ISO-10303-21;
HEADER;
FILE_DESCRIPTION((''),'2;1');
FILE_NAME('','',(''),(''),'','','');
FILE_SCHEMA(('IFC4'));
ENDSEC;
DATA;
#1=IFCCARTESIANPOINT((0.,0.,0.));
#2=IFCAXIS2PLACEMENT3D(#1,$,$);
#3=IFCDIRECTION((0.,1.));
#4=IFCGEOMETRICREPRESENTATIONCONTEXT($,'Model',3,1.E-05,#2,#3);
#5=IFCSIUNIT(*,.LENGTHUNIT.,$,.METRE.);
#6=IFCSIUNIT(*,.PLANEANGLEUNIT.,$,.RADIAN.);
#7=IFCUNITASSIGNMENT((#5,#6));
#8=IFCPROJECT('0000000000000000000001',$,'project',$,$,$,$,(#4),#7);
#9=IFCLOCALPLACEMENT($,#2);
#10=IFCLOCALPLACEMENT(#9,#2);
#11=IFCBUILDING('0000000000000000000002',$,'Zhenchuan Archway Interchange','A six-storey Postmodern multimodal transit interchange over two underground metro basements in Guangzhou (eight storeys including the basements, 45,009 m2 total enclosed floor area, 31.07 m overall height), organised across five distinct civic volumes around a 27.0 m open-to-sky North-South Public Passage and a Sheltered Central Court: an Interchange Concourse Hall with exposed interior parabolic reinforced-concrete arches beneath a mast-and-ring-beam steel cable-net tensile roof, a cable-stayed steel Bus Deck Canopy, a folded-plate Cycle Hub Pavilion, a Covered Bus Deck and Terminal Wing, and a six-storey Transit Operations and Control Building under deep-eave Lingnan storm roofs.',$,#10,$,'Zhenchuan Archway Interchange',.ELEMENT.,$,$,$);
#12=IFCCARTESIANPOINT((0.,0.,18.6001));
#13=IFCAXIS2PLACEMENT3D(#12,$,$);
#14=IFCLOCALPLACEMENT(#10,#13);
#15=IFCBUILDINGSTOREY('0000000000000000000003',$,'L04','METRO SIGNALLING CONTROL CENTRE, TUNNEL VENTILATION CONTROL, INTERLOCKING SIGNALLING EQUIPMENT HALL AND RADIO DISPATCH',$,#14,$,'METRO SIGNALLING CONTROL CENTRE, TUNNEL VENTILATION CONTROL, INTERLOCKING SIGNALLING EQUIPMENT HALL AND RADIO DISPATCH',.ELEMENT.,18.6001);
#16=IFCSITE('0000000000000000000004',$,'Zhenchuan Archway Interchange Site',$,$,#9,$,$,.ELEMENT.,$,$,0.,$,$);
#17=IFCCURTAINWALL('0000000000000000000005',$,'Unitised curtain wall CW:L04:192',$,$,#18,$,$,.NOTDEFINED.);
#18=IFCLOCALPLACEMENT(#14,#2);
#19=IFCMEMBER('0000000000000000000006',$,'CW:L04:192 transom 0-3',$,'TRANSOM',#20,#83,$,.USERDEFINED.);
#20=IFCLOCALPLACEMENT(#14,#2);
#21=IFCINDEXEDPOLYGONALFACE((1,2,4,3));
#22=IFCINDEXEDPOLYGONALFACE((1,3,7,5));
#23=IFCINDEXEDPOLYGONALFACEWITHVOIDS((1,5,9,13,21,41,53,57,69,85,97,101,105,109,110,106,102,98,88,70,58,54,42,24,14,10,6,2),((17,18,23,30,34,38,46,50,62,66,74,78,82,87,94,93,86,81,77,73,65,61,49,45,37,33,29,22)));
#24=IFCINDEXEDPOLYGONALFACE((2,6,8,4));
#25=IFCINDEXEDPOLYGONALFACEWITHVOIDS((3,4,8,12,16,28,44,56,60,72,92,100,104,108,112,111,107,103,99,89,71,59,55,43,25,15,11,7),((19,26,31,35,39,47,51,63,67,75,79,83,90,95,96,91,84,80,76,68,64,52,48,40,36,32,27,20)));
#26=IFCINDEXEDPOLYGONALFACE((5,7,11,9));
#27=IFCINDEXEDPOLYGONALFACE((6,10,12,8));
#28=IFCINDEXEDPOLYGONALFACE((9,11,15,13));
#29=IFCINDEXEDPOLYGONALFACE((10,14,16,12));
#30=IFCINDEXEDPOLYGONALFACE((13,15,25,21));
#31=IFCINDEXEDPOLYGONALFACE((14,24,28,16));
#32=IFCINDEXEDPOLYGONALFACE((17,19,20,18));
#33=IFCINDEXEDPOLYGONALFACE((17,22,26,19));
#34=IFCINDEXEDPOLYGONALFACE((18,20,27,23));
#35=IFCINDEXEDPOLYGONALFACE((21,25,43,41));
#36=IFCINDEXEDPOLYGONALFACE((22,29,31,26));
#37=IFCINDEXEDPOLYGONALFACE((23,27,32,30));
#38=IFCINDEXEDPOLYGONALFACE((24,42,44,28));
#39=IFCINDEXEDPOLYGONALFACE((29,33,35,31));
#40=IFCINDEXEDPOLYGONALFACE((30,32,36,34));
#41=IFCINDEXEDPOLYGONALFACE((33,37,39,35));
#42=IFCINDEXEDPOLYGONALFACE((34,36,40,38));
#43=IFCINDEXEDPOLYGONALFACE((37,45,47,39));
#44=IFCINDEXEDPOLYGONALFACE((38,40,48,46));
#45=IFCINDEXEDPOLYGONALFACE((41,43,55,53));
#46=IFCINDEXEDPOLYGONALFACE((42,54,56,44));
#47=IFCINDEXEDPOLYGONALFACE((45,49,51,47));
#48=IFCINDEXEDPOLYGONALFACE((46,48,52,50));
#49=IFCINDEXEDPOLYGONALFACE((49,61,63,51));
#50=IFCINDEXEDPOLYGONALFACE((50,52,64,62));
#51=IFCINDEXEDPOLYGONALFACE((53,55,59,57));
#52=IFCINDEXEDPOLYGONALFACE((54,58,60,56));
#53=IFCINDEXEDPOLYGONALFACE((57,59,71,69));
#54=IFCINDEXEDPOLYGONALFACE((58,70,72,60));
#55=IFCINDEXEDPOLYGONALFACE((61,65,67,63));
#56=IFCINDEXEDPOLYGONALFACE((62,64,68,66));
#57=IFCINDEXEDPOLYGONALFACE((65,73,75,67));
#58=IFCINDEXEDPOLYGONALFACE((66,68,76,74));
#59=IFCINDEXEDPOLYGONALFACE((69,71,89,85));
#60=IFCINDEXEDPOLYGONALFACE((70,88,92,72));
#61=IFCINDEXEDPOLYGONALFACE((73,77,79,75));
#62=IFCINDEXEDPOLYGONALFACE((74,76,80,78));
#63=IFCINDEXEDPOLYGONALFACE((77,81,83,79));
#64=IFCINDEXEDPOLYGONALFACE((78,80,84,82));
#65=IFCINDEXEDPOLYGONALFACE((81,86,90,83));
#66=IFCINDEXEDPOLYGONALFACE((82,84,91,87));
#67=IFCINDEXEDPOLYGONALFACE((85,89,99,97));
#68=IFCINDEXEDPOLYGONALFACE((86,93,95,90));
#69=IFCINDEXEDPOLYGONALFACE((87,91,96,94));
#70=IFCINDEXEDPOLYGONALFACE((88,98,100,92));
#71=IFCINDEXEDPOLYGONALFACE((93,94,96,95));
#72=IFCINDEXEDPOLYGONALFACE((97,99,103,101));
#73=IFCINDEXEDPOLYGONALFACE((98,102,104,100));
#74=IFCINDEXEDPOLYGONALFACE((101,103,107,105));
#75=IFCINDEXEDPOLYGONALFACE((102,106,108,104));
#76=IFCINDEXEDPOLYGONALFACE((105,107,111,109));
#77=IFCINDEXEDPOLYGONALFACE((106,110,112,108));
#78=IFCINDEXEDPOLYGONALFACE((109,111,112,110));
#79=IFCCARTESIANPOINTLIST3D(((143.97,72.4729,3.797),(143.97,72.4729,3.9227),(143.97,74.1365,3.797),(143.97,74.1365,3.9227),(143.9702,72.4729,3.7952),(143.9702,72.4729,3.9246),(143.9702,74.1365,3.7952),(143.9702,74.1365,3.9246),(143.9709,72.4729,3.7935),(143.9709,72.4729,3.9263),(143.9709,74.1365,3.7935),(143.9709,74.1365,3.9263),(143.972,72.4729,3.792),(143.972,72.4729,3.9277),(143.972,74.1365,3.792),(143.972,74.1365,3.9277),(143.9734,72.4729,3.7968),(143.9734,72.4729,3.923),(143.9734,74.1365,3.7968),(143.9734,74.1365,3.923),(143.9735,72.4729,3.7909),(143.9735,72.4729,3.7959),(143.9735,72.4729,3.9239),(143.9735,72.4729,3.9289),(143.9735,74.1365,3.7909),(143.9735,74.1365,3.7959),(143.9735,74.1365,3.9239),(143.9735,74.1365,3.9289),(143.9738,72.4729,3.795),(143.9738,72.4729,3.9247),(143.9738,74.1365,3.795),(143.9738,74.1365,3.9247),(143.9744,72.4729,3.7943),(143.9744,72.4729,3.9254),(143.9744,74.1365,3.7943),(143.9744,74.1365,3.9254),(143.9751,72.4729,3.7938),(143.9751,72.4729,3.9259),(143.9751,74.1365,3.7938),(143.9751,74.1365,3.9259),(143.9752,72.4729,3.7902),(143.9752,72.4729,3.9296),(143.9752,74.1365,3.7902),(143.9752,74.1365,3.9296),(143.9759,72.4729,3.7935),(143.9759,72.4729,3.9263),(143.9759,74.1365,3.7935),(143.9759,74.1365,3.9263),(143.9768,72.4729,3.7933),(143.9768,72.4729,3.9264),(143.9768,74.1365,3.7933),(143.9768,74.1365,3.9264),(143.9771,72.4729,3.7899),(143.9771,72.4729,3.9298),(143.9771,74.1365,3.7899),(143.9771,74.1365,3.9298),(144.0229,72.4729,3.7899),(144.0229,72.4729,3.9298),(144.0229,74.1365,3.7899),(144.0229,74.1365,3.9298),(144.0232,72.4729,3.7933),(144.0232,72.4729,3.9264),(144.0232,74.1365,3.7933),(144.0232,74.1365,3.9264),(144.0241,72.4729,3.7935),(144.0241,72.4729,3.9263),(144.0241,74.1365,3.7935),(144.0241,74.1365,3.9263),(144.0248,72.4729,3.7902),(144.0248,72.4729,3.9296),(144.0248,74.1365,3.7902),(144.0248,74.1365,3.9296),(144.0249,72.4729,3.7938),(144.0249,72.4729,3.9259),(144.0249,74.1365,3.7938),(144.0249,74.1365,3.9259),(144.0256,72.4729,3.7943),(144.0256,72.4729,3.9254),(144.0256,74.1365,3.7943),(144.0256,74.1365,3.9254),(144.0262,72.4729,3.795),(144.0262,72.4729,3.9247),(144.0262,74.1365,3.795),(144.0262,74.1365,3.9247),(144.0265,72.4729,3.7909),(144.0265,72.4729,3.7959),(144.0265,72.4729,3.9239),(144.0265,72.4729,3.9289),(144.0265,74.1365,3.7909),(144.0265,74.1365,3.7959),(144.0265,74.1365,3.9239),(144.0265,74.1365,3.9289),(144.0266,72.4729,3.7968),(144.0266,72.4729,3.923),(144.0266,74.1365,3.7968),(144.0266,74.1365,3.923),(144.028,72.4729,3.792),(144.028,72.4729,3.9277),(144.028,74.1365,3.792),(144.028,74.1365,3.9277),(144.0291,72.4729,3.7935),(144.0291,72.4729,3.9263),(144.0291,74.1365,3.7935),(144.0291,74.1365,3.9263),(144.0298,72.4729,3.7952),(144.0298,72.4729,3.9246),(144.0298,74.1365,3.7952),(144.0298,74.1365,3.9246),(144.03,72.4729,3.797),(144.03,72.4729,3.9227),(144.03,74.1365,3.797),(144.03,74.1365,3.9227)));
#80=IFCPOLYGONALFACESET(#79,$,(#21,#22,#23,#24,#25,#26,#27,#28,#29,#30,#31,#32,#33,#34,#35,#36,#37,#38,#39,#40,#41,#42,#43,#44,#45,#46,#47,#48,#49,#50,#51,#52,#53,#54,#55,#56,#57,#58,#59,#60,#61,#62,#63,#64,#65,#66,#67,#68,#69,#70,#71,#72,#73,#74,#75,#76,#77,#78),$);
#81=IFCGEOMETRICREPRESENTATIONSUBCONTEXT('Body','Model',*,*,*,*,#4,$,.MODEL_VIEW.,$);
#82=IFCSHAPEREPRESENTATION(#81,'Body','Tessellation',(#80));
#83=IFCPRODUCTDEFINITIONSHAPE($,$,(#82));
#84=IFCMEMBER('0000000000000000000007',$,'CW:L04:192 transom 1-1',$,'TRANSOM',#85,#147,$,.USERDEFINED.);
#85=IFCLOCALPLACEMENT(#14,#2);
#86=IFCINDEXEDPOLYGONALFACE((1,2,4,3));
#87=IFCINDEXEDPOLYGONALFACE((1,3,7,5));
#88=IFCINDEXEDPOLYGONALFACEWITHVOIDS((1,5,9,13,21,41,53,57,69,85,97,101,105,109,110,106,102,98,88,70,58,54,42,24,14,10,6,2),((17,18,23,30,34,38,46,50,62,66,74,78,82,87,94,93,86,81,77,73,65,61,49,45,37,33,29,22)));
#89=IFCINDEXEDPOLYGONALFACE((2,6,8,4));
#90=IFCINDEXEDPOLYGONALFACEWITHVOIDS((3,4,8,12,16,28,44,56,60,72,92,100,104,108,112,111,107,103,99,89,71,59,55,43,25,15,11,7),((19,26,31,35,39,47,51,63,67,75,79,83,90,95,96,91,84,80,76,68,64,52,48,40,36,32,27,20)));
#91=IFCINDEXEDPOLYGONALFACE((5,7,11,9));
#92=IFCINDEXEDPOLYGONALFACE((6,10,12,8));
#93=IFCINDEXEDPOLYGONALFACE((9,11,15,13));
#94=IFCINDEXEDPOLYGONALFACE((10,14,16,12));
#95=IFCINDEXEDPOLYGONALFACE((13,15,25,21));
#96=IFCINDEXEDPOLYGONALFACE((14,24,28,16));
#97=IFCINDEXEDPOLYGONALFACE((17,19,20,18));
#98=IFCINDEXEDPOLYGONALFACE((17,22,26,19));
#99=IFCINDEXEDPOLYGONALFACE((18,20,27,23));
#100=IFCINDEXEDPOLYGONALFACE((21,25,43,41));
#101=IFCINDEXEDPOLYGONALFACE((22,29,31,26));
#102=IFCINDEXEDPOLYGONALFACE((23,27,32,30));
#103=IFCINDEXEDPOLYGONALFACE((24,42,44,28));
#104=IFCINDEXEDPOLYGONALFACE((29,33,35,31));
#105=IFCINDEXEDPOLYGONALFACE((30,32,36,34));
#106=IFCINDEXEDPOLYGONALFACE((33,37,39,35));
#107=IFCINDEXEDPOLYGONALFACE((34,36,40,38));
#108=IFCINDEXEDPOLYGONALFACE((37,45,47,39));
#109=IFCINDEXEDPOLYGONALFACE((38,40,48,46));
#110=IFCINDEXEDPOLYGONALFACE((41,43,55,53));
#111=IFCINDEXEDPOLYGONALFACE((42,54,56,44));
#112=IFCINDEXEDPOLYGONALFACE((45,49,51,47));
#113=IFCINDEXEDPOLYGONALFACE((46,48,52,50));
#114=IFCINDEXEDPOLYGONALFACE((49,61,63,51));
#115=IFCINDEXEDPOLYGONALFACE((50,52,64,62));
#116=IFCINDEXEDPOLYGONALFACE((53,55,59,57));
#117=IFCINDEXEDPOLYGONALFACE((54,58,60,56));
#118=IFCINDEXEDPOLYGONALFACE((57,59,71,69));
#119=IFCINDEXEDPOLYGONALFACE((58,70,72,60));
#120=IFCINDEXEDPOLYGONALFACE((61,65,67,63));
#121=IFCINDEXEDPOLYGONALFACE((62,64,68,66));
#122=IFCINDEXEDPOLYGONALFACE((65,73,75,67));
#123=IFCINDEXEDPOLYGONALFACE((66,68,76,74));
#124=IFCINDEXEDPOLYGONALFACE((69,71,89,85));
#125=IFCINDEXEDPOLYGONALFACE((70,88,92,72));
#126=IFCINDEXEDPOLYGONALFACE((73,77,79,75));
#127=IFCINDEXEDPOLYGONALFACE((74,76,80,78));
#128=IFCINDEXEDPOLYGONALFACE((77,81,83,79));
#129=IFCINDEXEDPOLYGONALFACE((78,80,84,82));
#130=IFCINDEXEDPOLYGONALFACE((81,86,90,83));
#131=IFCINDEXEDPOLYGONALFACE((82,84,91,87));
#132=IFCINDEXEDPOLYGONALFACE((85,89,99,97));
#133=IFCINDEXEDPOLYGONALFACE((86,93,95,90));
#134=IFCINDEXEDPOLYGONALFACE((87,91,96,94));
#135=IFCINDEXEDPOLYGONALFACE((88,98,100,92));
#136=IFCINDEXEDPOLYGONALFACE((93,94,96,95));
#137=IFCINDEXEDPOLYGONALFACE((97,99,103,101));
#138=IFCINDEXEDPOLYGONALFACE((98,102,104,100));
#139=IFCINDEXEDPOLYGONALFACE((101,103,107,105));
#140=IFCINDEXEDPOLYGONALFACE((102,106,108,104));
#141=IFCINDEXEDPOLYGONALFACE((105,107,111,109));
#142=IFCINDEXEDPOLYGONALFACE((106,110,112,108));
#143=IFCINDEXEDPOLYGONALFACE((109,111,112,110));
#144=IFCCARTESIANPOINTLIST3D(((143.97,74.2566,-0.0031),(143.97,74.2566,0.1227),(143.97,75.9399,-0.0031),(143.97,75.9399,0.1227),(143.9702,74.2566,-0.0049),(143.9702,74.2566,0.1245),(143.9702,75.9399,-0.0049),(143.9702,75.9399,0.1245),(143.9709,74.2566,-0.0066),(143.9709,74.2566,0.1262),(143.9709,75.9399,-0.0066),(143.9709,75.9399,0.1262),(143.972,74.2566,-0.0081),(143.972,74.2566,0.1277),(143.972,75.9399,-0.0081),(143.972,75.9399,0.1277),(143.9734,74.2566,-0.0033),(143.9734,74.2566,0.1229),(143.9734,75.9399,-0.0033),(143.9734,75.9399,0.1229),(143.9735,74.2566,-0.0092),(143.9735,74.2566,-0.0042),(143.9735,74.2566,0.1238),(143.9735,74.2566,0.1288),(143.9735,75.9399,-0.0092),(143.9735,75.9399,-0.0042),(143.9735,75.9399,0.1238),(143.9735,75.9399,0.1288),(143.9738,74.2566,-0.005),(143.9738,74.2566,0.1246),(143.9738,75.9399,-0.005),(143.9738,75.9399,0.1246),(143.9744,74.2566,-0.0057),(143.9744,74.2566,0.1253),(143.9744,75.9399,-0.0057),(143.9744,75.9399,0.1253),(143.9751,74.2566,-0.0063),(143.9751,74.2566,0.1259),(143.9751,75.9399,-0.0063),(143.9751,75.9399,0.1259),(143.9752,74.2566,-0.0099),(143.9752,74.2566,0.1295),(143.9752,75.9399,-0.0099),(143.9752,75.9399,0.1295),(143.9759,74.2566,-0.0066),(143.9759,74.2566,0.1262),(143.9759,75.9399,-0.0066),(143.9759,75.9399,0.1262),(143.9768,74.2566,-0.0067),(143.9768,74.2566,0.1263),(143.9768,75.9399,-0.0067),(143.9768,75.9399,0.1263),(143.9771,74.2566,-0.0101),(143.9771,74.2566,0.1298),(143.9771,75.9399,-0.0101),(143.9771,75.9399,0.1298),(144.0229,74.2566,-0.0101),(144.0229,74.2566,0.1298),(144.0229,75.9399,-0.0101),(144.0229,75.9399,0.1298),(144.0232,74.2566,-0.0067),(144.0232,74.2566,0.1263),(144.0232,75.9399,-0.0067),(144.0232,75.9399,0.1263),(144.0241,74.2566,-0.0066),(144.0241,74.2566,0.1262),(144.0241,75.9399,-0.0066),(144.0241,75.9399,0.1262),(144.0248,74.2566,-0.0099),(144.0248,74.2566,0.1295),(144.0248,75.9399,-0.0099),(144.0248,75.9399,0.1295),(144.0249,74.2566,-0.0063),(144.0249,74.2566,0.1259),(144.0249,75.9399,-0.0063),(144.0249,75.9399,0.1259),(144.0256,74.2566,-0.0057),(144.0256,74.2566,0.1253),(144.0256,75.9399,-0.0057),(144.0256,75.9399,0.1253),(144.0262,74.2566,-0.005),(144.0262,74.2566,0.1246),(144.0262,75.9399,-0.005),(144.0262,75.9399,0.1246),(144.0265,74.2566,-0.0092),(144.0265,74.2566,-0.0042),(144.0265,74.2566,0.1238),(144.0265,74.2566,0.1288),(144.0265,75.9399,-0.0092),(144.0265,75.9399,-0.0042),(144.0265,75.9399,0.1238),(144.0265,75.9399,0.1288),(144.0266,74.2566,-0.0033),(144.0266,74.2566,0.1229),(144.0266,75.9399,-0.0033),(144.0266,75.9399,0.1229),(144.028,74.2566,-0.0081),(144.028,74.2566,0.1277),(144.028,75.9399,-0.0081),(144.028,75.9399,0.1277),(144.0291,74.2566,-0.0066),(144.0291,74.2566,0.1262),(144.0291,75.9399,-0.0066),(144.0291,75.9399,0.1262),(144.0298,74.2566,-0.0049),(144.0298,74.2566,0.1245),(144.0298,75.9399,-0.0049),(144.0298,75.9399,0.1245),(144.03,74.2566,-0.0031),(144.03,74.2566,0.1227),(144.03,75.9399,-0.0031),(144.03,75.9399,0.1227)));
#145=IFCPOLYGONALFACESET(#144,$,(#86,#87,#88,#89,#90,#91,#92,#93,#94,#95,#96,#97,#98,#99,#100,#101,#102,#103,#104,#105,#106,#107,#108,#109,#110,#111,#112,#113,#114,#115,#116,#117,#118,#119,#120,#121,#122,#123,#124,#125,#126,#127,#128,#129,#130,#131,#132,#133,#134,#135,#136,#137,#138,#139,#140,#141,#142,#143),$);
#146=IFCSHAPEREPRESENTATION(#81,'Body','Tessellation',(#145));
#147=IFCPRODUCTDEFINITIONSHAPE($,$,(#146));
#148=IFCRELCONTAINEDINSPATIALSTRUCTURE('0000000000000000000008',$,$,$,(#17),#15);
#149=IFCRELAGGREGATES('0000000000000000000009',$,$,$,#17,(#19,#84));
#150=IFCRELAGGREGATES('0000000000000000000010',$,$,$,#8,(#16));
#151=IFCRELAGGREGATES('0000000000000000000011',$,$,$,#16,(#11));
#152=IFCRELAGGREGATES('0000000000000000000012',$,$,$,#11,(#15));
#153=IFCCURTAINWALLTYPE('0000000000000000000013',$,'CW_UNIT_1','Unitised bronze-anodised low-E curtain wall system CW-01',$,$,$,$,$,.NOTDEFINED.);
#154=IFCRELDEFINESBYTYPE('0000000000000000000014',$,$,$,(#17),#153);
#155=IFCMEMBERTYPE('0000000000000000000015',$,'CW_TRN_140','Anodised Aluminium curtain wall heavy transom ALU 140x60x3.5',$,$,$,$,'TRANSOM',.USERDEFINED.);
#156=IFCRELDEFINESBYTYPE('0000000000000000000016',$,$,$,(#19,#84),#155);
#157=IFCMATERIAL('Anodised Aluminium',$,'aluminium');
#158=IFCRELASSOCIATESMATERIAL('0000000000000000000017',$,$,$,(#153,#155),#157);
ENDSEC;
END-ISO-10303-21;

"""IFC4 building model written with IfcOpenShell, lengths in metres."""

from ifc_helpers import new_model, si_unit, direction, frame, origin, origin_2d, place, context, subcontext, project, spatial, hollow_rectangle, extrude, material, material_profile, profile_set, type_object, element, aggregate, save


model = new_model("IFC4")

# Units and contexts
model_context = context("Model", 3, precision=1e-05, world=origin(), true_north=direction((0.0, 1.0)))
body_context = subcontext(model_context, "Body", "Model", "MODEL_VIEW")
ifc_project = project(units=[si_unit("LENGTHUNIT", "METRE"), si_unit("PLANEANGLEUNIT", "RADIAN")], contexts=[model_context])

# Site, building, storey
site_placement = place(None, origin())
site = spatial("IfcSite", under=ifc_project, at=site_placement, Name="Zhenchuan Archway Interchange Site", CompositionType="ELEMENT", RefElevation=0.0)
building_placement = place(site_placement, origin())
building = spatial("IfcBuilding", under=site, at=building_placement, Name="Zhenchuan Archway Interchange", Description="A six-storey Postmodern multimodal transit interchange over two underground metro basements in Guangzhou (eight storeys including the basements, 45,009 m2 total enclosed floor area, 31.07 m overall height), organised across five distinct civic volumes around a 27.0 m open-to-sky North-South Public Passage and a Sheltered Central Court: an Interchange Concourse Hall with exposed interior parabolic reinforced-concrete arches beneath a mast-and-ring-beam steel cable-net tensile roof, a cable-stayed steel Bus Deck Canopy, a folded-plate Cycle Hub Pavilion, a Covered Bus Deck and Terminal Wing, and a six-storey Transit Operations and Control Building under deep-eave Lingnan storm roofs.", LongName="Zhenchuan Archway Interchange", CompositionType="ELEMENT")
storey_placement = place(building_placement, frame((0.0, 0.0, 18.6001)))
storey = spatial("IfcBuildingStorey", under=building, at=storey_placement, Name="L04", Description="METRO SIGNALLING CONTROL CENTRE, TUNNEL VENTILATION CONTROL, INTERLOCKING SIGNALLING EQUIPMENT HALL AND RADIO DISPATCH", LongName="METRO SIGNALLING CONTROL CENTRE, TUNNEL VENTILATION CONTROL, INTERLOCKING SIGNALLING EQUIPMENT HALL AND RADIO DISPATCH", CompositionType="ELEMENT", Elevation=18.6001)

# Curtain wall, members
ifc_material_1 = material(Name="Anodised Aluminium", Category="aluminium")
curtain_wall_type = type_object("IfcCurtainWallType", Name="CW_UNIT_1", Description="Unitised bronze-anodised low-E curtain wall system CW-01", PredefinedType="NOTDEFINED", material=ifc_material_1)
curtain_wall_placement = place(storey_placement, origin())
curtain_wall = element("IfcCurtainWall", 1, at=curtain_wall_placement, inside=storey, type_object=curtain_wall_type, Name="Unitised curtain wall CW:L04:192", PredefinedType="NOTDEFINED")
ifc_material_profile_1 = material_profile(ifc_material_1, hollow_rectangle(XDim=0.0601, YDim=0.1399, WallThickness=0.0034, InnerFilletRadius=0.0034, OuterFilletRadius=0.0071, at=origin_2d()), Name="ALU 140x60x3.5")
ifc_profile_set_1 = profile_set([ifc_material_profile_1], Name="Anodised Aluminium")
member_type_1 = type_object("IfcMemberType", Name="CW_TRN_140", Description="Anodised Aluminium curtain wall heavy transom ALU 140x60x3.5", ElementType="TRANSOM", PredefinedType="USERDEFINED", material=ifc_profile_set_1)
member_1_placement = place(storey_placement, frame((144.0, 72.4729, 3.8599), z_axis=(0.0, 1.0, 0.0), x_axis=(-1.0, 0.0, 0.0)))
member_1 = element("IfcMember", 2, at=member_1_placement, type_object=member_type_1, Name="CW:L04:192 transom 0-3", ObjectType="TRANSOM", PredefinedType="USERDEFINED", context=body_context, shape_type="SweptSolid", body=[
    extrude(hollow_rectangle(XDim=0.0601, YDim=0.1399, WallThickness=0.0034, InnerFilletRadius=0.0034, OuterFilletRadius=0.0071, at=origin_2d()), origin(), (0.0, 0.0, 1.0), 1.6636),
])
member_2_placement = place(storey_placement, frame((144.0, 74.2566, 0.0598), z_axis=(0.0, 1.0, 0.0), x_axis=(-1.0, 0.0, 0.0)))
member_2 = element("IfcMember", 3, at=member_2_placement, type_object=member_type_1, Name="CW:L04:192 transom 1-1", ObjectType="TRANSOM", PredefinedType="USERDEFINED", context=body_context, shape_type="SweptSolid", body=[
    extrude(hollow_rectangle(XDim=0.0601, YDim=0.1399, WallThickness=0.0034, InnerFilletRadius=0.0034, OuterFilletRadius=0.0071, at=origin_2d()), origin(), (0.0, 0.0, 1.0), 1.6833),
])

aggregate(curtain_wall, [member_1, member_2])

save(model, "model.ifc")
